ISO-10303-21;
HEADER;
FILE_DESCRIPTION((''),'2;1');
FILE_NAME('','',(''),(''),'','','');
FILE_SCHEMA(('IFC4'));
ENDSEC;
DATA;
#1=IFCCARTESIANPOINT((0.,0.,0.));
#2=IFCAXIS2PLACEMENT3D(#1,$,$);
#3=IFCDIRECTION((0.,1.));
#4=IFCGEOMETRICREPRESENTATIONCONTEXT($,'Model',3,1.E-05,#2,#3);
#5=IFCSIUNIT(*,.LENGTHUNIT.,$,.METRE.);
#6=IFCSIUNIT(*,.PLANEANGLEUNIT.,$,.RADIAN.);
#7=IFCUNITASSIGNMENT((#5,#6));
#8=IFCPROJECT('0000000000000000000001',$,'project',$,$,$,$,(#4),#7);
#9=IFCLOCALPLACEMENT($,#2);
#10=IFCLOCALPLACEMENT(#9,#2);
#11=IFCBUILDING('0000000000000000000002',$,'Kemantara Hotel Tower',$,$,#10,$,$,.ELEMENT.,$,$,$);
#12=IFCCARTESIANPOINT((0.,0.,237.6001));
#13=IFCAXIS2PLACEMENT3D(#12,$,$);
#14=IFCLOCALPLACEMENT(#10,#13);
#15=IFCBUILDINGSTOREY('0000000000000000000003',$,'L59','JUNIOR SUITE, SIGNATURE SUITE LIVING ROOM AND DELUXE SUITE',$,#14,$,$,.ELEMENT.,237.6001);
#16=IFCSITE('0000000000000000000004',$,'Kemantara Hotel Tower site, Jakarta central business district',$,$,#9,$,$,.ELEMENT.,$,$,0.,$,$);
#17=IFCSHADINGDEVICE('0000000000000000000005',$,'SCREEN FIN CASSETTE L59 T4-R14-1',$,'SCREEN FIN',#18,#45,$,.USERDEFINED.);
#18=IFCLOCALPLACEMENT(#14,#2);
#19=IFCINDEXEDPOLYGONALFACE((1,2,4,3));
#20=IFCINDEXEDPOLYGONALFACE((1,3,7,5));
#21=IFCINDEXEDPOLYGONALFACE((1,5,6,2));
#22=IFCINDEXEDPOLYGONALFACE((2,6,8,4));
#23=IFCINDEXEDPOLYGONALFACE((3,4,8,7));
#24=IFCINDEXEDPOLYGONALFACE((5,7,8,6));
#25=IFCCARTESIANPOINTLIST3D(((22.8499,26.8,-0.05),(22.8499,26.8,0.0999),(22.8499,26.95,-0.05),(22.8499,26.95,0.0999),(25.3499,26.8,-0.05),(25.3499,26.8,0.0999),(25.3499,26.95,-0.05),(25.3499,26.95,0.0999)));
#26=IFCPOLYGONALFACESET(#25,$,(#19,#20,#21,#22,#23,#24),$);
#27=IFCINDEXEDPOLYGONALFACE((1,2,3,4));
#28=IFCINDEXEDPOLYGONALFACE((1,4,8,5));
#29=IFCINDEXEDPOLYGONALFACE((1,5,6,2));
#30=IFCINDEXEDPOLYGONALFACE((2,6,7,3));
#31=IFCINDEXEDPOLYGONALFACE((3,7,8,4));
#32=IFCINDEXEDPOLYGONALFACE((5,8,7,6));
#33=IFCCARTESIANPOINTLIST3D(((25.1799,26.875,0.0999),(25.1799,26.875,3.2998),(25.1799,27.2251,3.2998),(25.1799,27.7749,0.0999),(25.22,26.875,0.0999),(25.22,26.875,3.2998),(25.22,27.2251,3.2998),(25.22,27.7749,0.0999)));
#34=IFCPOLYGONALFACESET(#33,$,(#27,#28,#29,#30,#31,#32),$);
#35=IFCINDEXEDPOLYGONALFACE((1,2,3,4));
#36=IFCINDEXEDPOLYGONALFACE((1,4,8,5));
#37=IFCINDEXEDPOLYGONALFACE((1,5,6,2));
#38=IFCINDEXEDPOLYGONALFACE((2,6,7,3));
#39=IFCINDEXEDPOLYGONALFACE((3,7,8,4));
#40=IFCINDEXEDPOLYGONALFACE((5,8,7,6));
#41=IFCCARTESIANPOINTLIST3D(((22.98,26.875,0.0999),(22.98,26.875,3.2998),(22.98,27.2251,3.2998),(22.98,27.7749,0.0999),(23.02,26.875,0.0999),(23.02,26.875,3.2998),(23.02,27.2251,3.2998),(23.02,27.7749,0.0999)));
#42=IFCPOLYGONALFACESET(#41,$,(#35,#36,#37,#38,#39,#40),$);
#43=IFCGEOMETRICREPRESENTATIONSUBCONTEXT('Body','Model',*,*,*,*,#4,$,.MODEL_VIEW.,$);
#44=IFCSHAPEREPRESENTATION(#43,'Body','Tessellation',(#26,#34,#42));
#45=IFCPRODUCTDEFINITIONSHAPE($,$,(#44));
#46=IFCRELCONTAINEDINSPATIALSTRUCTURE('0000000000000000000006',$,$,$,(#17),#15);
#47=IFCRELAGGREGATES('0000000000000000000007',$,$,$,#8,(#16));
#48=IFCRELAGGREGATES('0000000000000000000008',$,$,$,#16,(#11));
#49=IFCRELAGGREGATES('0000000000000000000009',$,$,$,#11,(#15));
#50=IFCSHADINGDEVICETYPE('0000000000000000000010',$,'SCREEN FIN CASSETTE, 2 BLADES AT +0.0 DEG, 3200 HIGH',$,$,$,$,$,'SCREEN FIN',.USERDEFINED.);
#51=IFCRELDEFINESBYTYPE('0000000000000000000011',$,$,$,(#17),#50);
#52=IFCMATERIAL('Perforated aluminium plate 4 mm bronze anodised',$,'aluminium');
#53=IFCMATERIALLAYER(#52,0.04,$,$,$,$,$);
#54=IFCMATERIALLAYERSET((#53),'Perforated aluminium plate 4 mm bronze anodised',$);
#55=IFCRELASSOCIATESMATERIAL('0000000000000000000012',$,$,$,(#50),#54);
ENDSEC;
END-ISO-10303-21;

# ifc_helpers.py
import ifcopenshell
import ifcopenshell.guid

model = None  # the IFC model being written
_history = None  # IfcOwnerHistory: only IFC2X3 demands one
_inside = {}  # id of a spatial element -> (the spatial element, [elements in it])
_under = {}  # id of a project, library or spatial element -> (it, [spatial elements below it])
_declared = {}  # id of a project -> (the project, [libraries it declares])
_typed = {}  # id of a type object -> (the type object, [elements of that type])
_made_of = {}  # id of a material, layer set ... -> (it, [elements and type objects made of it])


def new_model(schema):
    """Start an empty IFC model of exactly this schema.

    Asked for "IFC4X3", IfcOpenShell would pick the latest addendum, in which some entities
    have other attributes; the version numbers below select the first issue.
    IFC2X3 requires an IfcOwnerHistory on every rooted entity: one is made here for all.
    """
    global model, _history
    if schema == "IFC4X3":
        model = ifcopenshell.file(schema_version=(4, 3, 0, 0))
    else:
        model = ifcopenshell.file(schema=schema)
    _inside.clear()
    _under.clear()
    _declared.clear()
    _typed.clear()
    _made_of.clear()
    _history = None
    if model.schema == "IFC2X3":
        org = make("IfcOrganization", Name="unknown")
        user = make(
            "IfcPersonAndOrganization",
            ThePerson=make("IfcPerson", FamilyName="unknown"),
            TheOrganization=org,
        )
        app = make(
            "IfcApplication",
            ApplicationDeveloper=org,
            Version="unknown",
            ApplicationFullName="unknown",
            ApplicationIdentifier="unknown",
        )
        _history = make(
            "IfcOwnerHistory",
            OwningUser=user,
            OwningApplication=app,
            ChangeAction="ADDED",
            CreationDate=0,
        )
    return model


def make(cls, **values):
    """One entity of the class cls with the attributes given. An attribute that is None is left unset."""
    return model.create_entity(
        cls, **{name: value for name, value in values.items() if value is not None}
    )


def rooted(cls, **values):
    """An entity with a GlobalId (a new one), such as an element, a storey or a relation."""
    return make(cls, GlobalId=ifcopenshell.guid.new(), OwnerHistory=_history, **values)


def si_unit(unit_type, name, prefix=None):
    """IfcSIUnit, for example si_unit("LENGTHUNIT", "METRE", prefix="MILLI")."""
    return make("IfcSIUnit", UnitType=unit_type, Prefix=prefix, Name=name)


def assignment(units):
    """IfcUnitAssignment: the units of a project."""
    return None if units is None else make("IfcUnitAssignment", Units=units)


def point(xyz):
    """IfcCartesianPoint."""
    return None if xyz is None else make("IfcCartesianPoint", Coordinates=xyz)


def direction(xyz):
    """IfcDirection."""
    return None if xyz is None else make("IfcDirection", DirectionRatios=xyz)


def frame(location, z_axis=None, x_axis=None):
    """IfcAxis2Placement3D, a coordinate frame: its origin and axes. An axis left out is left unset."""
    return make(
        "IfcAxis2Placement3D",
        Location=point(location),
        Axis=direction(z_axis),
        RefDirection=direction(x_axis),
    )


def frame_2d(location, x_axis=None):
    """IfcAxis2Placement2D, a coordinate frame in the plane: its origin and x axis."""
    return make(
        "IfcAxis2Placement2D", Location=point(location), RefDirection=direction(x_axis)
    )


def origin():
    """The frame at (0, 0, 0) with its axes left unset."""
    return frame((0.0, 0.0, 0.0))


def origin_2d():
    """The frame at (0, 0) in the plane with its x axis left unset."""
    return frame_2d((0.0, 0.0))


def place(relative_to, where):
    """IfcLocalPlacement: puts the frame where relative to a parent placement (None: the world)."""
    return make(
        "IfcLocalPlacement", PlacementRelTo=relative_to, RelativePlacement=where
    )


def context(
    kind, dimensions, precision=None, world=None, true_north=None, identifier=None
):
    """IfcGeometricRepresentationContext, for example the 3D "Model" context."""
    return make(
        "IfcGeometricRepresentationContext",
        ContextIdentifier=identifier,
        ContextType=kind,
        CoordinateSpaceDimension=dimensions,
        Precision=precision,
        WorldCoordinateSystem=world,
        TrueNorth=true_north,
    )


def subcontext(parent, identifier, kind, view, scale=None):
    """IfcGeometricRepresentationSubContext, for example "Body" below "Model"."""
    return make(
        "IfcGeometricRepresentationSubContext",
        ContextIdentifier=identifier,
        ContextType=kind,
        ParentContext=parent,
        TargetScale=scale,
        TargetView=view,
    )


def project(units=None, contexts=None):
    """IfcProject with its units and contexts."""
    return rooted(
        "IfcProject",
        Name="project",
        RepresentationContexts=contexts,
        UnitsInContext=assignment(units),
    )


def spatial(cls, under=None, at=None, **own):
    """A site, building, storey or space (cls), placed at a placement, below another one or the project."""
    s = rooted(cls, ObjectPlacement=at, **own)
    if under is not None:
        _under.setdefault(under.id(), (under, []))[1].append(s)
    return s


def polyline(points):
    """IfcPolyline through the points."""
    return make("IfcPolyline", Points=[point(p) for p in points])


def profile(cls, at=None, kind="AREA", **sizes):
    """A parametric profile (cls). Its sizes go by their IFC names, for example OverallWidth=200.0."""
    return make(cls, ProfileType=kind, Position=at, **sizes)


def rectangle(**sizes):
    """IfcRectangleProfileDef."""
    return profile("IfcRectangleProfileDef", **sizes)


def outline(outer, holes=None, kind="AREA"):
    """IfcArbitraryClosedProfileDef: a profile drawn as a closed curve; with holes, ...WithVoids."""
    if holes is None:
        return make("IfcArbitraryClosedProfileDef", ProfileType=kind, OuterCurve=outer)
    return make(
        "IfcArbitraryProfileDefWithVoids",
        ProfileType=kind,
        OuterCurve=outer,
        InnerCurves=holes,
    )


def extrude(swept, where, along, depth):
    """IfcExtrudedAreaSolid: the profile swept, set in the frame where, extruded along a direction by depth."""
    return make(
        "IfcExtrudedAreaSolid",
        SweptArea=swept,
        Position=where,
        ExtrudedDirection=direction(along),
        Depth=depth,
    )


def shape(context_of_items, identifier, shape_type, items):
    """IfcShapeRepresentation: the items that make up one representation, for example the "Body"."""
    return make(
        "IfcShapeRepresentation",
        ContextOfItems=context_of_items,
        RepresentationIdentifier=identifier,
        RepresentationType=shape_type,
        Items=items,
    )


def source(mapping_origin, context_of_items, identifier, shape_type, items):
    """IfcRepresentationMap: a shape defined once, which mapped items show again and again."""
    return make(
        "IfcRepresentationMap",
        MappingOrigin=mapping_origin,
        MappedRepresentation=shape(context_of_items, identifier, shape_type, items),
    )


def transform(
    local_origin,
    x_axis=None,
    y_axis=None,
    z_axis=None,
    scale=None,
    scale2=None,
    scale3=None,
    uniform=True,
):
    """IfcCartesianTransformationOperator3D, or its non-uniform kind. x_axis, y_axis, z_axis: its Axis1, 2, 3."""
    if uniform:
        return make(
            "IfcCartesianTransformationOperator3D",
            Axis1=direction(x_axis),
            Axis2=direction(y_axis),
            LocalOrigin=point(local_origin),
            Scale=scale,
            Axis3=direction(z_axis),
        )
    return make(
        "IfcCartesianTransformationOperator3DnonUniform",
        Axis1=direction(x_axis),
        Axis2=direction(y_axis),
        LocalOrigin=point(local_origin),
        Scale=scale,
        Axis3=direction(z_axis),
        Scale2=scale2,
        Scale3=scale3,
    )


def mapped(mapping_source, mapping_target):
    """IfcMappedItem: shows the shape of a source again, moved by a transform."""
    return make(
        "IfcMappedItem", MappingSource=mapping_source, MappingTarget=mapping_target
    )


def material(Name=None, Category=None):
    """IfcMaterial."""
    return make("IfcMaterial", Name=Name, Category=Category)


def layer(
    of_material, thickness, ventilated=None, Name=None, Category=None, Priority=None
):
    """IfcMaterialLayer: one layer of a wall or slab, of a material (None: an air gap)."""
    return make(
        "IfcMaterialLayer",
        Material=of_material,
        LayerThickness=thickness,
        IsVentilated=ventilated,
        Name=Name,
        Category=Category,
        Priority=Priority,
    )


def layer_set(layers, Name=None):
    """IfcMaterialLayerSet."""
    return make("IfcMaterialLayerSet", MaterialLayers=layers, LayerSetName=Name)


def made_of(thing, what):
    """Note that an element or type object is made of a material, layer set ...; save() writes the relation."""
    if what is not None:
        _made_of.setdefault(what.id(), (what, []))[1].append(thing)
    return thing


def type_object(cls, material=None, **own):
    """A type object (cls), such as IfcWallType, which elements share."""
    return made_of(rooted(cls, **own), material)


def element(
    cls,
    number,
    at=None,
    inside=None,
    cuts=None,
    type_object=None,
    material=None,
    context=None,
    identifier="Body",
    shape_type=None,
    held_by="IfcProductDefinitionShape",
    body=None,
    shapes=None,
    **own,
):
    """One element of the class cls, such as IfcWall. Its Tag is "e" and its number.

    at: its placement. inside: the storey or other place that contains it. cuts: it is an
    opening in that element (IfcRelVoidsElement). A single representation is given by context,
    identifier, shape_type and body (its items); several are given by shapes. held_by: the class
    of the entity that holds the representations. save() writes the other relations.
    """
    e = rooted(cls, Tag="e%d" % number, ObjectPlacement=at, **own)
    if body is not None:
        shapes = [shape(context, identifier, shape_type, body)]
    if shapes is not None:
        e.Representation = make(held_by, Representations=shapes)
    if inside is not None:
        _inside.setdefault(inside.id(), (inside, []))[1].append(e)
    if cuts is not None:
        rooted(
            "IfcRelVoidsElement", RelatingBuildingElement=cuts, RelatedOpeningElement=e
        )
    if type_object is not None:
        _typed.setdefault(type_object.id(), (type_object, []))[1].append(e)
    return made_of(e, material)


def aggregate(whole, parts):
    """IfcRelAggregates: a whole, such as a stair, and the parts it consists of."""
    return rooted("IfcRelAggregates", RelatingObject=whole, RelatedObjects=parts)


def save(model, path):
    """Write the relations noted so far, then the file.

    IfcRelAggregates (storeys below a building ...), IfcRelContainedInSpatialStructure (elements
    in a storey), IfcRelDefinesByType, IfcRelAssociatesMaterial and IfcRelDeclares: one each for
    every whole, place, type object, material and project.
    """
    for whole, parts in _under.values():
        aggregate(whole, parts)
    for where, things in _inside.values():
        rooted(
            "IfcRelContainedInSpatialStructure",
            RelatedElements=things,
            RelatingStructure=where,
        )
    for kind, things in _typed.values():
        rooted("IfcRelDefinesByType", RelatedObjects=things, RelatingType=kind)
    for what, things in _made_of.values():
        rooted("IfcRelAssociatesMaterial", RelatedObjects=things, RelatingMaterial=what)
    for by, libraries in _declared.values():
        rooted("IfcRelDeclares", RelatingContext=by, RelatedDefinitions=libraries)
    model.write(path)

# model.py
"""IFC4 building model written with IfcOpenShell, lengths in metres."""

from ifc_helpers import new_model, si_unit, direction, frame, origin, origin_2d, place, context, subcontext, project, spatial, polyline, rectangle, outline, extrude, source, transform, mapped, material, layer, layer_set, type_object, element, save


model = new_model("IFC4")

# Units and contexts
model_context = context("Model", 3, precision=1e-05, world=origin(), true_north=direction((0.0, 1.0)))
body_context = subcontext(model_context, "Body", "Model", "MODEL_VIEW")
ifc_project = project(units=[si_unit("LENGTHUNIT", "METRE"), si_unit("PLANEANGLEUNIT", "RADIAN")], contexts=[model_context])

# Site, building, storey
site_placement = place(None, origin())
site = spatial("IfcSite", under=ifc_project, at=site_placement, Name="Kemantara Hotel Tower site, Jakarta central business district", CompositionType="ELEMENT", RefElevation=0.0)
building_placement = place(site_placement, origin())
building = spatial("IfcBuilding", under=site, at=building_placement, Name="Kemantara Hotel Tower", CompositionType="ELEMENT")
storey_placement = place(building_placement, frame((0.0, 0.0, 237.6001)))
storey = spatial("IfcBuildingStorey", under=building, at=storey_placement, Name="L59", Description="JUNIOR SUITE, SIGNATURE SUITE LIVING ROOM AND DELUXE SUITE", CompositionType="ELEMENT", Elevation=237.6001)

# Shading device
ifc_material_1 = material(Name="Perforated aluminium plate 4 mm bronze anodised", Category="aluminium")
ifc_layer_1 = layer(ifc_material_1, 0.04)
ifc_layer_set_1 = layer_set([ifc_layer_1], Name="Perforated aluminium plate 4 mm bronze anodised")
shading_device_type_1 = type_object("IfcShadingDeviceType", Name="SCREEN FIN CASSETTE, 2 BLADES AT +0.0 DEG, 3200 HIGH", ElementType="SCREEN FIN", PredefinedType="USERDEFINED", material=ifc_layer_set_1)
shared_shape_1 = source(origin(), body_context, "Body", "SweptSolid", [
    extrude(rectangle(XDim=2.5, YDim=0.1499, at=origin_2d()), frame((1.1001, -0.075, -0.1499), z_axis=(0.0, 0.0, 1.0), x_axis=(1.0, 0.0, 0.0)), (0.0, 0.0, 1.0), 0.1499),
    extrude(outline(polyline([(0.0, 0.0), (0.8999, 0.0), (0.3501, 3.2), (0.0, 3.2), (0.0, 0.0)])), frame((0.02, -0.075, 0.0), z_axis=(-1.0, 0.0, 0.0), x_axis=(0.0, -1.0, 0.0)), (0.0, 0.0, 1.0), 0.04),
    extrude(outline(polyline([(0.0, 0.0), (0.8999, 0.0), (0.3501, 3.2), (0.0, 3.2), (0.0, 0.0)])), frame((2.22, -0.075, 0.0), z_axis=(-1.0, 0.0, 0.0), x_axis=(0.0, -1.0, 0.0)), (0.0, 0.0, 1.0), 0.04),
])
for number, where, z_axis, x_axis, name in (
    (1, (25.2, 26.8, 0.0999), (0.0, 0.0, 1.0), (-1.0, 0.0, 0.0), "SCREEN FIN CASSETTE L59 T4-R14-1"),
):
    element("IfcShadingDevice", number, at=place(storey_placement, frame(where, z_axis=z_axis, x_axis=x_axis)), inside=storey, type_object=shading_device_type_1, Name=name, ObjectType="SCREEN FIN", PredefinedType="USERDEFINED", context=body_context, shape_type="MappedRepresentation", body=[
        mapped(shared_shape_1, transform((0.0, 0.0, 0.0))),
    ])

save(model, "model.ifc")
